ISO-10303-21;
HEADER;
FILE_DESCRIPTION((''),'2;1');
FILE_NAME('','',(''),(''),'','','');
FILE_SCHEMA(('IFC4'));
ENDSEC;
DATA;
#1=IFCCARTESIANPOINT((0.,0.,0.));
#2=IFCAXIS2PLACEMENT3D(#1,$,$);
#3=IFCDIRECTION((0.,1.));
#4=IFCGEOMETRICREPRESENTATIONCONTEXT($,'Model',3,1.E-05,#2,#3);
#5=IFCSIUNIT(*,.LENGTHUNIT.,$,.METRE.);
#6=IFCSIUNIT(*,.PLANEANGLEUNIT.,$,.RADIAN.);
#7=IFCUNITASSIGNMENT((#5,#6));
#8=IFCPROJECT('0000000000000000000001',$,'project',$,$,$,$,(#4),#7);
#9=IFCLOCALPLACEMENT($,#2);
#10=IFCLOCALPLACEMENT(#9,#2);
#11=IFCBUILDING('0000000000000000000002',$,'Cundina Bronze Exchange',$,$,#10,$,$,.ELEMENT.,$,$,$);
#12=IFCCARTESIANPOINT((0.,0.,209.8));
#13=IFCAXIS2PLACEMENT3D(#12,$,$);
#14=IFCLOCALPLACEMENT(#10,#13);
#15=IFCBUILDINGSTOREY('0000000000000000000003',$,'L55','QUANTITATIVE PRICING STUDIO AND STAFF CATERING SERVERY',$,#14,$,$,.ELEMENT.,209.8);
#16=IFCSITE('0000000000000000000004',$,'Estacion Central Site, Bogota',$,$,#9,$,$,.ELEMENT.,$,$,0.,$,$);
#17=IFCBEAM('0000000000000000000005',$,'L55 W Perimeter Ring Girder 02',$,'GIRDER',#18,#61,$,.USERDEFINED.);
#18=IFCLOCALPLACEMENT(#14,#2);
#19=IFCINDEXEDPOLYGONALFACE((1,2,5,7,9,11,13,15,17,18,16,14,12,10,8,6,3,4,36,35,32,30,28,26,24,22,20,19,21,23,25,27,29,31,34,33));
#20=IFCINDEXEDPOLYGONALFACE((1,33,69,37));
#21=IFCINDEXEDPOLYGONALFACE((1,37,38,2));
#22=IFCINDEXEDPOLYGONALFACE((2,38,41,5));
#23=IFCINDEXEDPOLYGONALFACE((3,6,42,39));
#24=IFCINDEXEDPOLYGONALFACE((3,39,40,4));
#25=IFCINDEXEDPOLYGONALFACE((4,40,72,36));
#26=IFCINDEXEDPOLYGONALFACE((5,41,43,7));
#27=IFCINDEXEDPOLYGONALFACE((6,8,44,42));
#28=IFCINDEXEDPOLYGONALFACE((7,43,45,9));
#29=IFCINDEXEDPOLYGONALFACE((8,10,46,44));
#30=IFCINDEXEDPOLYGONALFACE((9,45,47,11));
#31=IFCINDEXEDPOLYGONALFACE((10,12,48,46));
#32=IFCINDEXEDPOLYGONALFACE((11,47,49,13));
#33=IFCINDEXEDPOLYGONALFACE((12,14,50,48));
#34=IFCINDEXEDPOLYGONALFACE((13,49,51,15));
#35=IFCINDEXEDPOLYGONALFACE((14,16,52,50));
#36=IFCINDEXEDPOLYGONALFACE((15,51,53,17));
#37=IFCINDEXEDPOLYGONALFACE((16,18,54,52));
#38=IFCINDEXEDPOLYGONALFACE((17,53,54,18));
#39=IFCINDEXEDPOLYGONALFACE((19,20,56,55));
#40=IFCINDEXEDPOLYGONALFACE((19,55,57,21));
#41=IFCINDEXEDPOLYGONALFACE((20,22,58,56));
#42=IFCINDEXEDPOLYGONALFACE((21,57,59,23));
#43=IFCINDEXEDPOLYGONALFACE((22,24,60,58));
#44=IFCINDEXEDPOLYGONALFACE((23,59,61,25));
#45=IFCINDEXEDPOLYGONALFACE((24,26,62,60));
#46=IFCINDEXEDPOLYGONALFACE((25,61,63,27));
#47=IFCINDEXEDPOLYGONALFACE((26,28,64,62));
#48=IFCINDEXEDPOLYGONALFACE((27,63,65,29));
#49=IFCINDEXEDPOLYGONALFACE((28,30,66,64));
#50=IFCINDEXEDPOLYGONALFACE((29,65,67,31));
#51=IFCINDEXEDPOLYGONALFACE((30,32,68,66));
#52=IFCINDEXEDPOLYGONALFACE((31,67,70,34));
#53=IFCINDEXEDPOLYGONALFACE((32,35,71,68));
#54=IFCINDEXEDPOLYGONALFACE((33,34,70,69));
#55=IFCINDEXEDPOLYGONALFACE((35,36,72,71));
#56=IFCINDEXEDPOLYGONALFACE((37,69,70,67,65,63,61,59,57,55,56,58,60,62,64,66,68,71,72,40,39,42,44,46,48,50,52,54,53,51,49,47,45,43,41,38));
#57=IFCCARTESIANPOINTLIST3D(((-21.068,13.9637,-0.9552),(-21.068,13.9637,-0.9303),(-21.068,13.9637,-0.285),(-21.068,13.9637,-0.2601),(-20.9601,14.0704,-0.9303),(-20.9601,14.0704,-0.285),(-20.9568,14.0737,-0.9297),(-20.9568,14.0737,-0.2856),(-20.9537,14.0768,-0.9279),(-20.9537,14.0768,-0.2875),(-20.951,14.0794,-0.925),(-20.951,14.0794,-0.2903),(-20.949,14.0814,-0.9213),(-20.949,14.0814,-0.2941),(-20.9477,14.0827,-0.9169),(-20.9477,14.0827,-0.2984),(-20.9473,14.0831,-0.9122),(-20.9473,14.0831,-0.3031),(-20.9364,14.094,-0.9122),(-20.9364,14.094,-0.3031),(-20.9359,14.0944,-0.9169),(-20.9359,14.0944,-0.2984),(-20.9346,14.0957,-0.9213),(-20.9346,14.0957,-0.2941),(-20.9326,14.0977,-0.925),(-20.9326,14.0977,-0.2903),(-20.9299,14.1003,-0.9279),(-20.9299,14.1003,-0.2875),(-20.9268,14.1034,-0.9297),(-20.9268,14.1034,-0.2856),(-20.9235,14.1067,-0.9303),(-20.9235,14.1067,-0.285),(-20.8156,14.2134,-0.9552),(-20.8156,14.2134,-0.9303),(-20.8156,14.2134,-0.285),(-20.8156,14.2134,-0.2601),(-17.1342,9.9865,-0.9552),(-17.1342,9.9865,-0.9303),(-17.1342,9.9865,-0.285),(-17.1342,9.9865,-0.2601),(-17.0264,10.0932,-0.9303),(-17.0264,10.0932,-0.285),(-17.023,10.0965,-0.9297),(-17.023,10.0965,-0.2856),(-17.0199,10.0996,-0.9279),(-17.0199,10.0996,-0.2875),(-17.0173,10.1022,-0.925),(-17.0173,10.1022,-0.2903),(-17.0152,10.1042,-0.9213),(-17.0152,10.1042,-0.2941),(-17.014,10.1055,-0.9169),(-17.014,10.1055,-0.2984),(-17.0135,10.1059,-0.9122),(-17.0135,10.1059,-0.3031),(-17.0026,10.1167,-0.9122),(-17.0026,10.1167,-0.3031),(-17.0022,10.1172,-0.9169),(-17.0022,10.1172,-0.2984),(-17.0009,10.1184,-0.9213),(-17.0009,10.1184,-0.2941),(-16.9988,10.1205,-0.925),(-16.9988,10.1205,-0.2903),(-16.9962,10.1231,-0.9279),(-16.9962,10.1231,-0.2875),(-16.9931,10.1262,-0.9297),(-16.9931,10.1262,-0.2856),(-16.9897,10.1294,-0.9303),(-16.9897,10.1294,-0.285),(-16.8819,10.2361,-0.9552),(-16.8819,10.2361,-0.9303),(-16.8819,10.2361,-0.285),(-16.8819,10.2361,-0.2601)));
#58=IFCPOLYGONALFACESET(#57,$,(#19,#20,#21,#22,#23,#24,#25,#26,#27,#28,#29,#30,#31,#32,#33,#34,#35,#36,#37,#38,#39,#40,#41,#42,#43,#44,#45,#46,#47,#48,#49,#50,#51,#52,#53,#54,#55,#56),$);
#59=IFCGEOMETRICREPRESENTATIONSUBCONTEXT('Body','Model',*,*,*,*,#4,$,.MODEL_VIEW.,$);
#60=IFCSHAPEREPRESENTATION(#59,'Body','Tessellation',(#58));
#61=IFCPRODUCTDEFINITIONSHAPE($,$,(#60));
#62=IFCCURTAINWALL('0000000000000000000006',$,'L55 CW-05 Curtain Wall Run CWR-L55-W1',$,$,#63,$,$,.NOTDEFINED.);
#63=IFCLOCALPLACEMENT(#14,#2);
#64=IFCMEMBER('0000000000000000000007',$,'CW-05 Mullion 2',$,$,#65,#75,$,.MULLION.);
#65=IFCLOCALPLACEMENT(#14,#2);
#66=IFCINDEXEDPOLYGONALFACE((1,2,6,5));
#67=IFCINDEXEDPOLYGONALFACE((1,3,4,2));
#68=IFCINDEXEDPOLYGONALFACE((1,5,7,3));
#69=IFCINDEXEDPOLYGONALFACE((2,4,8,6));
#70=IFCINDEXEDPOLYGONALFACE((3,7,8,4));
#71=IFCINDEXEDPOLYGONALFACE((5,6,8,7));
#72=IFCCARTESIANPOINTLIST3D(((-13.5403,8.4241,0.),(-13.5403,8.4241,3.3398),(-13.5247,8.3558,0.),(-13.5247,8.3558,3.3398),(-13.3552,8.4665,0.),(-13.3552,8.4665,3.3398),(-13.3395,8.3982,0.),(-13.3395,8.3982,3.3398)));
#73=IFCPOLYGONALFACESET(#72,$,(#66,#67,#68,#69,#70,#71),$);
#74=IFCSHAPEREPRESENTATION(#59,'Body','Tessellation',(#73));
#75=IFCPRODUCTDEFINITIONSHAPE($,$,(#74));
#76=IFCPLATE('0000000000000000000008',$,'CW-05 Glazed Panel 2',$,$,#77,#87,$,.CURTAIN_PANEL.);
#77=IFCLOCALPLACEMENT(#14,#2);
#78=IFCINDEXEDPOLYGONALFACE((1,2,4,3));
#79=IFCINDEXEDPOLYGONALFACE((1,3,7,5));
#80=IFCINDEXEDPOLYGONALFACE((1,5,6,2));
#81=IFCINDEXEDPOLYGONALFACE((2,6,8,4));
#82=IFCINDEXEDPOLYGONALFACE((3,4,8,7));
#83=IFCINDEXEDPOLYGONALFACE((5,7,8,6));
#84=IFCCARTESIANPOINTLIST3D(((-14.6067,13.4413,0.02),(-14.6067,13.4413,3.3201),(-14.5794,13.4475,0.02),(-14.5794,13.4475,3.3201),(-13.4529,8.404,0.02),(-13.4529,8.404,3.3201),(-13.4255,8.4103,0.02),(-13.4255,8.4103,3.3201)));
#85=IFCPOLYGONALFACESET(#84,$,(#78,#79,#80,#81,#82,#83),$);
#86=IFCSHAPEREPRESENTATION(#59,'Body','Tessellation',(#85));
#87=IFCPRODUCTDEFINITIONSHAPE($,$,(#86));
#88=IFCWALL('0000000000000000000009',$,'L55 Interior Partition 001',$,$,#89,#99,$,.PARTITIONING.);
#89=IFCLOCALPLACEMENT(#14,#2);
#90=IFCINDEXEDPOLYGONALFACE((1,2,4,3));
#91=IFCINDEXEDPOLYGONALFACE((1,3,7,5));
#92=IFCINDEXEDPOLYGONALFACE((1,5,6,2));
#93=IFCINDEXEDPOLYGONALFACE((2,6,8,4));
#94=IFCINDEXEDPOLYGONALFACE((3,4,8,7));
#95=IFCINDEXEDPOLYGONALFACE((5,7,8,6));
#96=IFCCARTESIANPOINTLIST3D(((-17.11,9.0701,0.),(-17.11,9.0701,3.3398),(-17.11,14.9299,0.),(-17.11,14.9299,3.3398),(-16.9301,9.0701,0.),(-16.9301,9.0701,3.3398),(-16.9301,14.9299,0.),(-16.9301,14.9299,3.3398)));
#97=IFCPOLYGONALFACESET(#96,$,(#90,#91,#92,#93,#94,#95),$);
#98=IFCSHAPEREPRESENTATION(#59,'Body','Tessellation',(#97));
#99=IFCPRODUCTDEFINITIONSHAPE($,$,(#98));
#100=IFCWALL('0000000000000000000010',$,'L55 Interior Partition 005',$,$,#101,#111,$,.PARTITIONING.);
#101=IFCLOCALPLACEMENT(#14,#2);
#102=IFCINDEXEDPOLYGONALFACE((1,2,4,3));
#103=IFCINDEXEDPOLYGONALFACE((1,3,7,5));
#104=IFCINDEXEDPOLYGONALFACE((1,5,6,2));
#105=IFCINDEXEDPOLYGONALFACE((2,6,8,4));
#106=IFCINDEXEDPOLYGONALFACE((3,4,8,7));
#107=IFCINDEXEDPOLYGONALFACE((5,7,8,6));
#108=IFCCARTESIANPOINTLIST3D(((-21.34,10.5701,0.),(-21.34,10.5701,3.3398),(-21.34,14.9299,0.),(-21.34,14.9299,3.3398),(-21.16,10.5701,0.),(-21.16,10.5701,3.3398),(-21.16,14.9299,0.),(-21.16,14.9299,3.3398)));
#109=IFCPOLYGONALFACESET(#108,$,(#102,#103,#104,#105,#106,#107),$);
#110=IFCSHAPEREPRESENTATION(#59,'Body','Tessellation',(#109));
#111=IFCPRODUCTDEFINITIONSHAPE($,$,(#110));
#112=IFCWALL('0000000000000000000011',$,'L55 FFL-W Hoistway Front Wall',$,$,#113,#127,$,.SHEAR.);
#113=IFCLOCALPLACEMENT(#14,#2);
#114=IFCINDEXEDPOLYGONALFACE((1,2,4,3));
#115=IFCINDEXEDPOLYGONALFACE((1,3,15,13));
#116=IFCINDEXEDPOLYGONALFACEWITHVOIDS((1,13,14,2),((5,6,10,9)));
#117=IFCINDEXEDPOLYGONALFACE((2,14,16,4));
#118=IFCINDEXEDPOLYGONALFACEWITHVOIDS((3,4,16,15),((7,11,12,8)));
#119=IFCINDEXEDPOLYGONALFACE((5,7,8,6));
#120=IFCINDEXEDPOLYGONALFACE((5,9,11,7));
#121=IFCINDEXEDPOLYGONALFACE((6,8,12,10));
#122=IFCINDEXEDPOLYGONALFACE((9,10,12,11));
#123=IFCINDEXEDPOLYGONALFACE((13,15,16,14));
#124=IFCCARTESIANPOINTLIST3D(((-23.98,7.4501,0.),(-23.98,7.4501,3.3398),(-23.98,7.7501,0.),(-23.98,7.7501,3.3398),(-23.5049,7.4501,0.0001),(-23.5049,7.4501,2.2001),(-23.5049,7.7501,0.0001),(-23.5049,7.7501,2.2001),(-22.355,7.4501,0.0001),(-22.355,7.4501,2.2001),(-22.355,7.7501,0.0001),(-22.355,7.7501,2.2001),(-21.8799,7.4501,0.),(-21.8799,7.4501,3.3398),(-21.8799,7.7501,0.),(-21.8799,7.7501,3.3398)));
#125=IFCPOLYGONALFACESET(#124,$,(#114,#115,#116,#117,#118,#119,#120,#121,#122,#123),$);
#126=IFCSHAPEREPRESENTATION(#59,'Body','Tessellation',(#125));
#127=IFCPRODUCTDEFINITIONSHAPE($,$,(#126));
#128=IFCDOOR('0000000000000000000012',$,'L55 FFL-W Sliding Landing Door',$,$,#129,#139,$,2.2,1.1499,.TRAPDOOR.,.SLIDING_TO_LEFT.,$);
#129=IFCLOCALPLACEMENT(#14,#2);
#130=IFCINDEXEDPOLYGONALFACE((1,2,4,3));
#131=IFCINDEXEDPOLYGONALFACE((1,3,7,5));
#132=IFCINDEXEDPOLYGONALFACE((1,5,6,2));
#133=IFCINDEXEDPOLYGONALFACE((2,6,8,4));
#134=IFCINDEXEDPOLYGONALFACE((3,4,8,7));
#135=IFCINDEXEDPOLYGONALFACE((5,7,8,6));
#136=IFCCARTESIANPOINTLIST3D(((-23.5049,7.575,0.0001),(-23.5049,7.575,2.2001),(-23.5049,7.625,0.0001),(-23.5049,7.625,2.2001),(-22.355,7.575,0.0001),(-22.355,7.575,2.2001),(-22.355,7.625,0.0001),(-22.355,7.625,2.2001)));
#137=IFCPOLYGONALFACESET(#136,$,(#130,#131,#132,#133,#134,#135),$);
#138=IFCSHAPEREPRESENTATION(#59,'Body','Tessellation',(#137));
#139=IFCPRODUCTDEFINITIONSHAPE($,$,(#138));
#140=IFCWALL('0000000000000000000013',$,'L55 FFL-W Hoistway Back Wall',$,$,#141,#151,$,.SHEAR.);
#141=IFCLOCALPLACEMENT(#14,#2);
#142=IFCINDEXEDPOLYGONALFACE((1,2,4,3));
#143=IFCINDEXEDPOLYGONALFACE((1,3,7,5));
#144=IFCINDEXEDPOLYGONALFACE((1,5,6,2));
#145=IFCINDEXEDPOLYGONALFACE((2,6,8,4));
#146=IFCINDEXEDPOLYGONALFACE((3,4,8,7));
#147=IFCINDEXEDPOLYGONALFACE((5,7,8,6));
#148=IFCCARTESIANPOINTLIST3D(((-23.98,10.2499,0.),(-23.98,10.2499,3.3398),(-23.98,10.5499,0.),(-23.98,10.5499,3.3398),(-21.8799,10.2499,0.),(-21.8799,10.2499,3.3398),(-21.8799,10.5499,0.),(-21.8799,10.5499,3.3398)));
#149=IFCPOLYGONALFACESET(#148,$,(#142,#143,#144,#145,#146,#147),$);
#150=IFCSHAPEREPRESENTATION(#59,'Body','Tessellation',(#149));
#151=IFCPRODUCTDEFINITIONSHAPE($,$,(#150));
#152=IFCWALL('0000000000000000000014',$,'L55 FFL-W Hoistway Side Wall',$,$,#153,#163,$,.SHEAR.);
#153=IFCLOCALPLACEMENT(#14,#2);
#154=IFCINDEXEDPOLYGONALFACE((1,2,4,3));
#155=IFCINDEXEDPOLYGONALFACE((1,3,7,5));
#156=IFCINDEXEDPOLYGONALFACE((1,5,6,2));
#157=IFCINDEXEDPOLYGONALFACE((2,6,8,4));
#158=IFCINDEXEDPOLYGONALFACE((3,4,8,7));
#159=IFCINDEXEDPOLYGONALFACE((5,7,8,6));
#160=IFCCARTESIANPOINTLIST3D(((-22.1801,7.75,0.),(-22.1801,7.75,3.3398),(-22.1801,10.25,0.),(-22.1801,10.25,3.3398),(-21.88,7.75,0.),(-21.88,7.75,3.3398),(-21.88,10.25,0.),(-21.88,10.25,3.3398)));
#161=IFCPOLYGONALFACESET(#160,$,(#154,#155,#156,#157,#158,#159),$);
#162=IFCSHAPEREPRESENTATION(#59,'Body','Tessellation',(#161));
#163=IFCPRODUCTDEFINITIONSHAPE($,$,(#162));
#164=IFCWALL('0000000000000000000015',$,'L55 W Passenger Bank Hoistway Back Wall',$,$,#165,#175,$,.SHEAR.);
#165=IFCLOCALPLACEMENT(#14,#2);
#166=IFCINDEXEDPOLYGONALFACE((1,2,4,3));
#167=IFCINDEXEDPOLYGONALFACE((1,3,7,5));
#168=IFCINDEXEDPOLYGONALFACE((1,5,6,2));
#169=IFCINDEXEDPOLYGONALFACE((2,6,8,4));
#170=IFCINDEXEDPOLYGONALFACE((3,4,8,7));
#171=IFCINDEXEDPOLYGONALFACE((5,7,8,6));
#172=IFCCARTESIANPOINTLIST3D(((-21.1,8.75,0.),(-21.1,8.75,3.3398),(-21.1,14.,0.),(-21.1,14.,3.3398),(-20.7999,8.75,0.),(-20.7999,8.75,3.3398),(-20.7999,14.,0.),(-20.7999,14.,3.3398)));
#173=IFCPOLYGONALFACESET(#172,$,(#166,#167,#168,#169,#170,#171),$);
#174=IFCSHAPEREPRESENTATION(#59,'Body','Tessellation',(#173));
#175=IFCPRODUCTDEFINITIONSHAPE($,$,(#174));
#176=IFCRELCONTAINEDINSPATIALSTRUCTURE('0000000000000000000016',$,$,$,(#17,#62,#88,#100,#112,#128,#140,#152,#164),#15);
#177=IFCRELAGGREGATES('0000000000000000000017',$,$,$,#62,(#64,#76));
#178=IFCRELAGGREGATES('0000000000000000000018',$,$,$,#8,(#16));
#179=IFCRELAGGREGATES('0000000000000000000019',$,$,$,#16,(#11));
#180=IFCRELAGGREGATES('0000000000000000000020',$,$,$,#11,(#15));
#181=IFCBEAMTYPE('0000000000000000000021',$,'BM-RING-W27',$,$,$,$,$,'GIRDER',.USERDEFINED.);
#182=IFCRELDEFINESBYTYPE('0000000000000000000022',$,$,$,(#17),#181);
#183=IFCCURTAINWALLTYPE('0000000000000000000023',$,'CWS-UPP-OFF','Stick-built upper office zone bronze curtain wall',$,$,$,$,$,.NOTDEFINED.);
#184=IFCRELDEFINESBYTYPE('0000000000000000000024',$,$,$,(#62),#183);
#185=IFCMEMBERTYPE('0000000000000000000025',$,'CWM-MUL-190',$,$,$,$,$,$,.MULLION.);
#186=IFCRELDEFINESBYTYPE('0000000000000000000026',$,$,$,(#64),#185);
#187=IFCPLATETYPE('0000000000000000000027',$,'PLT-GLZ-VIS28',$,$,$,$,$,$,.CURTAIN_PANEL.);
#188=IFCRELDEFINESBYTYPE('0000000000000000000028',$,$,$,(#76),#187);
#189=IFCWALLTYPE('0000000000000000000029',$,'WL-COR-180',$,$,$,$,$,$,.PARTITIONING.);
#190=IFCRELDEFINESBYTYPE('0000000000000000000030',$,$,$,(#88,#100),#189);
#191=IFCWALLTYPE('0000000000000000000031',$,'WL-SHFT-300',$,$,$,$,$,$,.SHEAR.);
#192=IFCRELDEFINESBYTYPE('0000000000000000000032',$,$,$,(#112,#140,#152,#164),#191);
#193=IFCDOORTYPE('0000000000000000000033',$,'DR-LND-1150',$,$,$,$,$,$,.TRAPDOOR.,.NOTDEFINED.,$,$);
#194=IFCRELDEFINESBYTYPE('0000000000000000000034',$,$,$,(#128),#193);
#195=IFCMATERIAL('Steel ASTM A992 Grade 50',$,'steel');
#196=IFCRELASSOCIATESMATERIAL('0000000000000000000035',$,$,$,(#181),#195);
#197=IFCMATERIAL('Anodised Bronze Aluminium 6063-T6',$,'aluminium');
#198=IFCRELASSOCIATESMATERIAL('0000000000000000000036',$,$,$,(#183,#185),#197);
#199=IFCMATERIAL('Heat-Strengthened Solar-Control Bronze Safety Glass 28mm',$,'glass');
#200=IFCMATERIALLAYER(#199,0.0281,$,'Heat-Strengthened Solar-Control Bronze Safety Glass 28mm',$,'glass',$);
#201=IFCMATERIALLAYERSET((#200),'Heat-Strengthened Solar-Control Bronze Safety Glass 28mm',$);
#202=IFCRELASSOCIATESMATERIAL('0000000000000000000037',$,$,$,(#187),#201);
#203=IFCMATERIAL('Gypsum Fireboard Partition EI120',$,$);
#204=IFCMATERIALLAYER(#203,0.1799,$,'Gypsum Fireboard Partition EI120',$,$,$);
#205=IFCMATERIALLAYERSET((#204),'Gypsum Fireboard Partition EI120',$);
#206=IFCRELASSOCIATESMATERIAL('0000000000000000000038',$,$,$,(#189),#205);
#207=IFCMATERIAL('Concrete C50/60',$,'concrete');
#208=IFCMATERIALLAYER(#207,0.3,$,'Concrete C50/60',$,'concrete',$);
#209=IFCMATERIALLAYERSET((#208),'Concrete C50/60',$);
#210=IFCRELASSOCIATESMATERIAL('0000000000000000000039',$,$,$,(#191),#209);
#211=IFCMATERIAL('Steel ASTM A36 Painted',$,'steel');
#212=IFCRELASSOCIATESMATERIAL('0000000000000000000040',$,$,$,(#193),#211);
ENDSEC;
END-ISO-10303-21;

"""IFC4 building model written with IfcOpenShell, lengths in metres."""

from ifc_helpers import new_model, si_unit, direction, frame, frame_2d, origin, origin_2d, place, context, subcontext, project, spatial, rectangle, i_section, extrude, material, layer, layer_set, material_profile, profile_set, type_object, element, fill, aggregate, save


model = new_model("IFC4")

# Units and contexts
model_context = context("Model", 3, precision=1e-05, world=origin(), true_north=direction((0.0, 1.0)))
body_context = subcontext(model_context, "Body", "Model", "MODEL_VIEW")
ifc_project = project(units=[si_unit("LENGTHUNIT", "METRE"), si_unit("PLANEANGLEUNIT", "RADIAN")], contexts=[model_context])

# Site, building, storey
site_placement = place(None, origin())
site = spatial("IfcSite", under=ifc_project, at=site_placement, Name="Estacion Central Site, Bogota", CompositionType="ELEMENT", RefElevation=0.0)
building_placement = place(site_placement, origin())
building = spatial("IfcBuilding", under=site, at=building_placement, Name="Cundina Bronze Exchange", CompositionType="ELEMENT")
storey_placement = place(building_placement, frame((0.0, 0.0, 209.8)))
storey = spatial("IfcBuildingStorey", under=building, at=storey_placement, Name="L55", Description="QUANTITATIVE PRICING STUDIO AND STAFF CATERING SERVERY", CompositionType="ELEMENT", Elevation=209.8)

# Shared definitions
ifc_material_1 = material(Name="Concrete C50/60", Category="concrete")

# Beam
ifc_material_2 = material(Name="Steel ASTM A992 Grade 50", Category="steel")
ifc_material_profile_1 = material_profile(ifc_material_2, i_section(OverallWidth=0.355, OverallDepth=0.6951, WebThickness=0.0154, FlangeThickness=0.0249, FilletRadius=0.0181, at=origin_2d()), Name="W27X146", Category="steel")
ifc_profile_set_1 = profile_set([ifc_material_profile_1], Name="Steel ASTM A992 Grade 50")
beam_type_1 = type_object("IfcBeamType", Name="BM-RING-W27", ElementType="GIRDER", PredefinedType="USERDEFINED", material=ifc_profile_set_1)
beam_1_placement = place(storey_placement, frame((-17.0081, 10.1113, -0.6077), z_axis=(-0.703212, 0.71098, 0.0), x_axis=(-0.71098, -0.703212, 0.0)))
element("IfcBeam", 1, at=beam_1_placement, inside=storey, type_object=beam_type_1, Name="L55 W Perimeter Ring Girder 02", ObjectType="GIRDER", PredefinedType="USERDEFINED", context=body_context, shape_type="SweptSolid", body=[
    extrude(i_section(OverallWidth=0.355, OverallDepth=0.6951, WebThickness=0.0154, FlangeThickness=0.0249, FilletRadius=0.0181, at=origin_2d()), origin(), (0.0, 0.0, 1.0), 5.594),
])

# Curtain wall, member, plate
ifc_material_3 = material(Name="Anodised Bronze Aluminium 6063-T6", Category="aluminium")
curtain_wall_type = type_object("IfcCurtainWallType", Name="CWS-UPP-OFF", Description="Stick-built upper office zone bronze curtain wall", PredefinedType="NOTDEFINED", material=ifc_material_3)
curtain_wall_placement = place(storey_placement, origin())
curtain_wall = element("IfcCurtainWall", 2, at=curtain_wall_placement, inside=storey, type_object=curtain_wall_type, Name="L55 CW-05 Curtain Wall Run CWR-L55-W1", PredefinedType="NOTDEFINED")
ifc_material_profile_2 = material_profile(ifc_material_3, rectangle(XDim=0.0701, YDim=0.1899, at=origin_2d()), Name="AL70X190", Category="aluminium")
ifc_profile_set_2 = profile_set([ifc_material_profile_2], Name="Anodised Bronze Aluminium 6063-T6")
member_type = type_object("IfcMemberType", Name="CWM-MUL-190", PredefinedType="MULLION", material=ifc_profile_set_2)
member_placement = place(storey_placement, frame((-13.4399, 8.4111, 0.0), z_axis=(0.0, 0.0, 1.0), x_axis=(-0.22325, 0.974761, 0.0)))
member = element("IfcMember", 3, at=member_placement, type_object=member_type, Name="CW-05 Mullion 2", PredefinedType="MULLION", context=body_context, shape_type="SweptSolid", body=[
    extrude(rectangle(XDim=0.0701, YDim=0.1899, at=origin_2d()), origin(), (0.0, 0.0, 1.0), 3.3398),
])
ifc_material_4 = material(Name="Heat-Strengthened Solar-Control Bronze Safety Glass 28mm", Category="glass")
ifc_layer_1 = layer(ifc_material_4, 0.0281, Name="Heat-Strengthened Solar-Control Bronze Safety Glass 28mm", Category="glass")
ifc_layer_set_1 = layer_set([ifc_layer_1], Name="Heat-Strengthened Solar-Control Bronze Safety Glass 28mm")
plate_type = type_object("IfcPlateType", Name="PLT-GLZ-VIS28", PredefinedType="CURTAIN_PANEL", material=ifc_layer_set_1)
plate_placement = place(storey_placement, frame((-14.0161, 10.9258, 0.02), z_axis=(0.0, 0.0, 1.0), x_axis=(-0.223284, 0.974753, 0.0)))
plate = element("IfcPlate", 4, at=plate_placement, type_object=plate_type, Name="CW-05 Glazed Panel 2", PredefinedType="CURTAIN_PANEL", context=body_context, shape_type="SweptSolid", body=[
    extrude(rectangle(XDim=5.1677, YDim=0.0281, at=origin_2d()), origin(), (0.0, 0.0, 1.0), 3.3),
])
aggregate(curtain_wall, [member, plate])

# Walls
ifc_material_5 = material(Name="Gypsum Fireboard Partition EI120")
ifc_layer_2 = layer(ifc_material_5, 0.1799, Name="Gypsum Fireboard Partition EI120")
ifc_layer_set_2 = layer_set([ifc_layer_2], Name="Gypsum Fireboard Partition EI120")
wall_type_1 = type_object("IfcWallType", Name="WL-COR-180", PredefinedType="PARTITIONING", material=ifc_layer_set_2)
wall_1_placement = place(storey_placement, frame((-17.02, 9.0701, 0.0), z_axis=(0.0, 0.0, 1.0), x_axis=(0.0, 1.0, 0.0)))
element("IfcWall", 5, at=wall_1_placement, inside=storey, type_object=wall_type_1, Name="L55 Interior Partition 001", PredefinedType="PARTITIONING", context=body_context, shape_type="SweptSolid", body=[
    extrude(rectangle(XDim=5.8599, YDim=0.1799, at=frame_2d((2.9299, 0.0))), origin(), (0.0, 0.0, 1.0), 3.3398),
])
wall_2_placement = place(storey_placement, frame((-21.25, 10.5701, 0.0), z_axis=(0.0, 0.0, 1.0), x_axis=(0.0, 1.0, 0.0)))
element("IfcWall", 6, at=wall_2_placement, inside=storey, type_object=wall_type_1, Name="L55 Interior Partition 005", PredefinedType="PARTITIONING", context=body_context, shape_type="SweptSolid", body=[
    extrude(rectangle(XDim=4.3599, YDim=0.1799, at=frame_2d((2.1799, 0.0))), origin(), (0.0, 0.0, 1.0), 3.3398),
])

# Wall, opening, door
ifc_layer_3 = layer(ifc_material_1, 0.3, Name="Concrete C50/60", Category="concrete")
ifc_layer_set_3 = layer_set([ifc_layer_3], Name="Concrete C50/60")
wall_type_2 = type_object("IfcWallType", Name="WL-SHFT-300", PredefinedType="SHEAR", material=ifc_layer_set_3)
ifc_material_6 = material(Name="Steel ASTM A36 Painted", Category="steel")
wall_3_placement = place(storey_placement, frame((-23.98, 7.6001, 0.0), z_axis=(0.0, 0.0, 1.0), x_axis=(1.0, 0.0, 0.0)))
wall_3 = element("IfcWall", 7, at=wall_3_placement, inside=storey, type_object=wall_type_2, Name="L55 FFL-W Hoistway Front Wall", PredefinedType="SHEAR", context=body_context, shape_type="SweptSolid", body=[
    extrude(rectangle(XDim=2.1001, YDim=0.3, at=frame_2d((1.05, 0.0))), origin(), (0.0, 0.0, 1.0), 3.3398),
])
opening_1_placement = place(wall_3_placement, frame((0.4751, 0.0, 0.0)))
opening_1 = element("IfcOpeningElement", 8, at=opening_1_placement, cuts=wall_3, PredefinedType="OPENING", context=body_context, shape_type="SweptSolid", body=[
    extrude(rectangle(XDim=1.1499, YDim=2.2, at=frame_2d((0.575, 1.1001))), frame((0.0, 0.1599, 0.0), z_axis=(0.0, -1.0, 0.0), x_axis=(1.0, 0.0, 0.0)), (0.0, 0.0, 1.0), 0.3201),
])
door_type_1 = type_object("IfcDoorType", Name="DR-LND-1150", OperationType="NOTDEFINED", PredefinedType="TRAPDOOR", material=ifc_material_6)
door_1_placement = place(opening_1_placement, origin())
door_1 = element("IfcDoor", 9, at=door_1_placement, inside=storey, type_object=door_type_1, Name="L55 FFL-W Sliding Landing Door", OperationType="SLIDING_TO_LEFT", OverallHeight=2.2, OverallWidth=1.1499, PredefinedType="TRAPDOOR", context=body_context, shape_type="SweptSolid", body=[
    extrude(rectangle(XDim=1.1499, YDim=2.2, at=frame_2d((0.575, 1.1001))), frame((0.0, 0.0249, 0.0), z_axis=(0.0, -1.0, 0.0), x_axis=(1.0, 0.0, 0.0)), (0.0, 0.0, 1.0), 0.05),
])
fill(opening_1, door_1)

# Walls
wall_4_placement = place(storey_placement, frame((-23.98, 10.3999, 0.0), z_axis=(0.0, 0.0, 1.0), x_axis=(1.0, 0.0, 0.0)))
element("IfcWall", 10, at=wall_4_placement, inside=storey, type_object=wall_type_2, Name="L55 FFL-W Hoistway Back Wall", PredefinedType="SHEAR", context=body_context, shape_type="SweptSolid", body=[
    extrude(rectangle(XDim=2.1001, YDim=0.3, at=frame_2d((1.05, 0.0))), origin(), (0.0, 0.0, 1.0), 3.3398),
])
wall_5_placement = place(storey_placement, frame((-22.03, 7.75, 0.0), z_axis=(0.0, 0.0, 1.0), x_axis=(0.0, 1.0, 0.0)))
element("IfcWall", 11, at=wall_5_placement, inside=storey, type_object=wall_type_2, Name="L55 FFL-W Hoistway Side Wall", PredefinedType="SHEAR", context=body_context, shape_type="SweptSolid", body=[
    extrude(rectangle(XDim=2.5, YDim=0.3, at=frame_2d((1.25, 0.0))), origin(), (0.0, 0.0, 1.0), 3.3398),
])
wall_6_placement = place(storey_placement, frame((-20.95, 8.75, 0.0), z_axis=(0.0, 0.0, 1.0), x_axis=(0.0, 1.0, 0.0)))
element("IfcWall", 12, at=wall_6_placement, inside=storey, type_object=wall_type_2, Name="L55 W Passenger Bank Hoistway Back Wall", PredefinedType="SHEAR", context=body_context, shape_type="SweptSolid", body=[
    extrude(rectangle(XDim=5.25, YDim=0.3, at=frame_2d((2.625, 0.0))), origin(), (0.0, 0.0, 1.0), 3.3398),
])

save(model, "model.ifc")
